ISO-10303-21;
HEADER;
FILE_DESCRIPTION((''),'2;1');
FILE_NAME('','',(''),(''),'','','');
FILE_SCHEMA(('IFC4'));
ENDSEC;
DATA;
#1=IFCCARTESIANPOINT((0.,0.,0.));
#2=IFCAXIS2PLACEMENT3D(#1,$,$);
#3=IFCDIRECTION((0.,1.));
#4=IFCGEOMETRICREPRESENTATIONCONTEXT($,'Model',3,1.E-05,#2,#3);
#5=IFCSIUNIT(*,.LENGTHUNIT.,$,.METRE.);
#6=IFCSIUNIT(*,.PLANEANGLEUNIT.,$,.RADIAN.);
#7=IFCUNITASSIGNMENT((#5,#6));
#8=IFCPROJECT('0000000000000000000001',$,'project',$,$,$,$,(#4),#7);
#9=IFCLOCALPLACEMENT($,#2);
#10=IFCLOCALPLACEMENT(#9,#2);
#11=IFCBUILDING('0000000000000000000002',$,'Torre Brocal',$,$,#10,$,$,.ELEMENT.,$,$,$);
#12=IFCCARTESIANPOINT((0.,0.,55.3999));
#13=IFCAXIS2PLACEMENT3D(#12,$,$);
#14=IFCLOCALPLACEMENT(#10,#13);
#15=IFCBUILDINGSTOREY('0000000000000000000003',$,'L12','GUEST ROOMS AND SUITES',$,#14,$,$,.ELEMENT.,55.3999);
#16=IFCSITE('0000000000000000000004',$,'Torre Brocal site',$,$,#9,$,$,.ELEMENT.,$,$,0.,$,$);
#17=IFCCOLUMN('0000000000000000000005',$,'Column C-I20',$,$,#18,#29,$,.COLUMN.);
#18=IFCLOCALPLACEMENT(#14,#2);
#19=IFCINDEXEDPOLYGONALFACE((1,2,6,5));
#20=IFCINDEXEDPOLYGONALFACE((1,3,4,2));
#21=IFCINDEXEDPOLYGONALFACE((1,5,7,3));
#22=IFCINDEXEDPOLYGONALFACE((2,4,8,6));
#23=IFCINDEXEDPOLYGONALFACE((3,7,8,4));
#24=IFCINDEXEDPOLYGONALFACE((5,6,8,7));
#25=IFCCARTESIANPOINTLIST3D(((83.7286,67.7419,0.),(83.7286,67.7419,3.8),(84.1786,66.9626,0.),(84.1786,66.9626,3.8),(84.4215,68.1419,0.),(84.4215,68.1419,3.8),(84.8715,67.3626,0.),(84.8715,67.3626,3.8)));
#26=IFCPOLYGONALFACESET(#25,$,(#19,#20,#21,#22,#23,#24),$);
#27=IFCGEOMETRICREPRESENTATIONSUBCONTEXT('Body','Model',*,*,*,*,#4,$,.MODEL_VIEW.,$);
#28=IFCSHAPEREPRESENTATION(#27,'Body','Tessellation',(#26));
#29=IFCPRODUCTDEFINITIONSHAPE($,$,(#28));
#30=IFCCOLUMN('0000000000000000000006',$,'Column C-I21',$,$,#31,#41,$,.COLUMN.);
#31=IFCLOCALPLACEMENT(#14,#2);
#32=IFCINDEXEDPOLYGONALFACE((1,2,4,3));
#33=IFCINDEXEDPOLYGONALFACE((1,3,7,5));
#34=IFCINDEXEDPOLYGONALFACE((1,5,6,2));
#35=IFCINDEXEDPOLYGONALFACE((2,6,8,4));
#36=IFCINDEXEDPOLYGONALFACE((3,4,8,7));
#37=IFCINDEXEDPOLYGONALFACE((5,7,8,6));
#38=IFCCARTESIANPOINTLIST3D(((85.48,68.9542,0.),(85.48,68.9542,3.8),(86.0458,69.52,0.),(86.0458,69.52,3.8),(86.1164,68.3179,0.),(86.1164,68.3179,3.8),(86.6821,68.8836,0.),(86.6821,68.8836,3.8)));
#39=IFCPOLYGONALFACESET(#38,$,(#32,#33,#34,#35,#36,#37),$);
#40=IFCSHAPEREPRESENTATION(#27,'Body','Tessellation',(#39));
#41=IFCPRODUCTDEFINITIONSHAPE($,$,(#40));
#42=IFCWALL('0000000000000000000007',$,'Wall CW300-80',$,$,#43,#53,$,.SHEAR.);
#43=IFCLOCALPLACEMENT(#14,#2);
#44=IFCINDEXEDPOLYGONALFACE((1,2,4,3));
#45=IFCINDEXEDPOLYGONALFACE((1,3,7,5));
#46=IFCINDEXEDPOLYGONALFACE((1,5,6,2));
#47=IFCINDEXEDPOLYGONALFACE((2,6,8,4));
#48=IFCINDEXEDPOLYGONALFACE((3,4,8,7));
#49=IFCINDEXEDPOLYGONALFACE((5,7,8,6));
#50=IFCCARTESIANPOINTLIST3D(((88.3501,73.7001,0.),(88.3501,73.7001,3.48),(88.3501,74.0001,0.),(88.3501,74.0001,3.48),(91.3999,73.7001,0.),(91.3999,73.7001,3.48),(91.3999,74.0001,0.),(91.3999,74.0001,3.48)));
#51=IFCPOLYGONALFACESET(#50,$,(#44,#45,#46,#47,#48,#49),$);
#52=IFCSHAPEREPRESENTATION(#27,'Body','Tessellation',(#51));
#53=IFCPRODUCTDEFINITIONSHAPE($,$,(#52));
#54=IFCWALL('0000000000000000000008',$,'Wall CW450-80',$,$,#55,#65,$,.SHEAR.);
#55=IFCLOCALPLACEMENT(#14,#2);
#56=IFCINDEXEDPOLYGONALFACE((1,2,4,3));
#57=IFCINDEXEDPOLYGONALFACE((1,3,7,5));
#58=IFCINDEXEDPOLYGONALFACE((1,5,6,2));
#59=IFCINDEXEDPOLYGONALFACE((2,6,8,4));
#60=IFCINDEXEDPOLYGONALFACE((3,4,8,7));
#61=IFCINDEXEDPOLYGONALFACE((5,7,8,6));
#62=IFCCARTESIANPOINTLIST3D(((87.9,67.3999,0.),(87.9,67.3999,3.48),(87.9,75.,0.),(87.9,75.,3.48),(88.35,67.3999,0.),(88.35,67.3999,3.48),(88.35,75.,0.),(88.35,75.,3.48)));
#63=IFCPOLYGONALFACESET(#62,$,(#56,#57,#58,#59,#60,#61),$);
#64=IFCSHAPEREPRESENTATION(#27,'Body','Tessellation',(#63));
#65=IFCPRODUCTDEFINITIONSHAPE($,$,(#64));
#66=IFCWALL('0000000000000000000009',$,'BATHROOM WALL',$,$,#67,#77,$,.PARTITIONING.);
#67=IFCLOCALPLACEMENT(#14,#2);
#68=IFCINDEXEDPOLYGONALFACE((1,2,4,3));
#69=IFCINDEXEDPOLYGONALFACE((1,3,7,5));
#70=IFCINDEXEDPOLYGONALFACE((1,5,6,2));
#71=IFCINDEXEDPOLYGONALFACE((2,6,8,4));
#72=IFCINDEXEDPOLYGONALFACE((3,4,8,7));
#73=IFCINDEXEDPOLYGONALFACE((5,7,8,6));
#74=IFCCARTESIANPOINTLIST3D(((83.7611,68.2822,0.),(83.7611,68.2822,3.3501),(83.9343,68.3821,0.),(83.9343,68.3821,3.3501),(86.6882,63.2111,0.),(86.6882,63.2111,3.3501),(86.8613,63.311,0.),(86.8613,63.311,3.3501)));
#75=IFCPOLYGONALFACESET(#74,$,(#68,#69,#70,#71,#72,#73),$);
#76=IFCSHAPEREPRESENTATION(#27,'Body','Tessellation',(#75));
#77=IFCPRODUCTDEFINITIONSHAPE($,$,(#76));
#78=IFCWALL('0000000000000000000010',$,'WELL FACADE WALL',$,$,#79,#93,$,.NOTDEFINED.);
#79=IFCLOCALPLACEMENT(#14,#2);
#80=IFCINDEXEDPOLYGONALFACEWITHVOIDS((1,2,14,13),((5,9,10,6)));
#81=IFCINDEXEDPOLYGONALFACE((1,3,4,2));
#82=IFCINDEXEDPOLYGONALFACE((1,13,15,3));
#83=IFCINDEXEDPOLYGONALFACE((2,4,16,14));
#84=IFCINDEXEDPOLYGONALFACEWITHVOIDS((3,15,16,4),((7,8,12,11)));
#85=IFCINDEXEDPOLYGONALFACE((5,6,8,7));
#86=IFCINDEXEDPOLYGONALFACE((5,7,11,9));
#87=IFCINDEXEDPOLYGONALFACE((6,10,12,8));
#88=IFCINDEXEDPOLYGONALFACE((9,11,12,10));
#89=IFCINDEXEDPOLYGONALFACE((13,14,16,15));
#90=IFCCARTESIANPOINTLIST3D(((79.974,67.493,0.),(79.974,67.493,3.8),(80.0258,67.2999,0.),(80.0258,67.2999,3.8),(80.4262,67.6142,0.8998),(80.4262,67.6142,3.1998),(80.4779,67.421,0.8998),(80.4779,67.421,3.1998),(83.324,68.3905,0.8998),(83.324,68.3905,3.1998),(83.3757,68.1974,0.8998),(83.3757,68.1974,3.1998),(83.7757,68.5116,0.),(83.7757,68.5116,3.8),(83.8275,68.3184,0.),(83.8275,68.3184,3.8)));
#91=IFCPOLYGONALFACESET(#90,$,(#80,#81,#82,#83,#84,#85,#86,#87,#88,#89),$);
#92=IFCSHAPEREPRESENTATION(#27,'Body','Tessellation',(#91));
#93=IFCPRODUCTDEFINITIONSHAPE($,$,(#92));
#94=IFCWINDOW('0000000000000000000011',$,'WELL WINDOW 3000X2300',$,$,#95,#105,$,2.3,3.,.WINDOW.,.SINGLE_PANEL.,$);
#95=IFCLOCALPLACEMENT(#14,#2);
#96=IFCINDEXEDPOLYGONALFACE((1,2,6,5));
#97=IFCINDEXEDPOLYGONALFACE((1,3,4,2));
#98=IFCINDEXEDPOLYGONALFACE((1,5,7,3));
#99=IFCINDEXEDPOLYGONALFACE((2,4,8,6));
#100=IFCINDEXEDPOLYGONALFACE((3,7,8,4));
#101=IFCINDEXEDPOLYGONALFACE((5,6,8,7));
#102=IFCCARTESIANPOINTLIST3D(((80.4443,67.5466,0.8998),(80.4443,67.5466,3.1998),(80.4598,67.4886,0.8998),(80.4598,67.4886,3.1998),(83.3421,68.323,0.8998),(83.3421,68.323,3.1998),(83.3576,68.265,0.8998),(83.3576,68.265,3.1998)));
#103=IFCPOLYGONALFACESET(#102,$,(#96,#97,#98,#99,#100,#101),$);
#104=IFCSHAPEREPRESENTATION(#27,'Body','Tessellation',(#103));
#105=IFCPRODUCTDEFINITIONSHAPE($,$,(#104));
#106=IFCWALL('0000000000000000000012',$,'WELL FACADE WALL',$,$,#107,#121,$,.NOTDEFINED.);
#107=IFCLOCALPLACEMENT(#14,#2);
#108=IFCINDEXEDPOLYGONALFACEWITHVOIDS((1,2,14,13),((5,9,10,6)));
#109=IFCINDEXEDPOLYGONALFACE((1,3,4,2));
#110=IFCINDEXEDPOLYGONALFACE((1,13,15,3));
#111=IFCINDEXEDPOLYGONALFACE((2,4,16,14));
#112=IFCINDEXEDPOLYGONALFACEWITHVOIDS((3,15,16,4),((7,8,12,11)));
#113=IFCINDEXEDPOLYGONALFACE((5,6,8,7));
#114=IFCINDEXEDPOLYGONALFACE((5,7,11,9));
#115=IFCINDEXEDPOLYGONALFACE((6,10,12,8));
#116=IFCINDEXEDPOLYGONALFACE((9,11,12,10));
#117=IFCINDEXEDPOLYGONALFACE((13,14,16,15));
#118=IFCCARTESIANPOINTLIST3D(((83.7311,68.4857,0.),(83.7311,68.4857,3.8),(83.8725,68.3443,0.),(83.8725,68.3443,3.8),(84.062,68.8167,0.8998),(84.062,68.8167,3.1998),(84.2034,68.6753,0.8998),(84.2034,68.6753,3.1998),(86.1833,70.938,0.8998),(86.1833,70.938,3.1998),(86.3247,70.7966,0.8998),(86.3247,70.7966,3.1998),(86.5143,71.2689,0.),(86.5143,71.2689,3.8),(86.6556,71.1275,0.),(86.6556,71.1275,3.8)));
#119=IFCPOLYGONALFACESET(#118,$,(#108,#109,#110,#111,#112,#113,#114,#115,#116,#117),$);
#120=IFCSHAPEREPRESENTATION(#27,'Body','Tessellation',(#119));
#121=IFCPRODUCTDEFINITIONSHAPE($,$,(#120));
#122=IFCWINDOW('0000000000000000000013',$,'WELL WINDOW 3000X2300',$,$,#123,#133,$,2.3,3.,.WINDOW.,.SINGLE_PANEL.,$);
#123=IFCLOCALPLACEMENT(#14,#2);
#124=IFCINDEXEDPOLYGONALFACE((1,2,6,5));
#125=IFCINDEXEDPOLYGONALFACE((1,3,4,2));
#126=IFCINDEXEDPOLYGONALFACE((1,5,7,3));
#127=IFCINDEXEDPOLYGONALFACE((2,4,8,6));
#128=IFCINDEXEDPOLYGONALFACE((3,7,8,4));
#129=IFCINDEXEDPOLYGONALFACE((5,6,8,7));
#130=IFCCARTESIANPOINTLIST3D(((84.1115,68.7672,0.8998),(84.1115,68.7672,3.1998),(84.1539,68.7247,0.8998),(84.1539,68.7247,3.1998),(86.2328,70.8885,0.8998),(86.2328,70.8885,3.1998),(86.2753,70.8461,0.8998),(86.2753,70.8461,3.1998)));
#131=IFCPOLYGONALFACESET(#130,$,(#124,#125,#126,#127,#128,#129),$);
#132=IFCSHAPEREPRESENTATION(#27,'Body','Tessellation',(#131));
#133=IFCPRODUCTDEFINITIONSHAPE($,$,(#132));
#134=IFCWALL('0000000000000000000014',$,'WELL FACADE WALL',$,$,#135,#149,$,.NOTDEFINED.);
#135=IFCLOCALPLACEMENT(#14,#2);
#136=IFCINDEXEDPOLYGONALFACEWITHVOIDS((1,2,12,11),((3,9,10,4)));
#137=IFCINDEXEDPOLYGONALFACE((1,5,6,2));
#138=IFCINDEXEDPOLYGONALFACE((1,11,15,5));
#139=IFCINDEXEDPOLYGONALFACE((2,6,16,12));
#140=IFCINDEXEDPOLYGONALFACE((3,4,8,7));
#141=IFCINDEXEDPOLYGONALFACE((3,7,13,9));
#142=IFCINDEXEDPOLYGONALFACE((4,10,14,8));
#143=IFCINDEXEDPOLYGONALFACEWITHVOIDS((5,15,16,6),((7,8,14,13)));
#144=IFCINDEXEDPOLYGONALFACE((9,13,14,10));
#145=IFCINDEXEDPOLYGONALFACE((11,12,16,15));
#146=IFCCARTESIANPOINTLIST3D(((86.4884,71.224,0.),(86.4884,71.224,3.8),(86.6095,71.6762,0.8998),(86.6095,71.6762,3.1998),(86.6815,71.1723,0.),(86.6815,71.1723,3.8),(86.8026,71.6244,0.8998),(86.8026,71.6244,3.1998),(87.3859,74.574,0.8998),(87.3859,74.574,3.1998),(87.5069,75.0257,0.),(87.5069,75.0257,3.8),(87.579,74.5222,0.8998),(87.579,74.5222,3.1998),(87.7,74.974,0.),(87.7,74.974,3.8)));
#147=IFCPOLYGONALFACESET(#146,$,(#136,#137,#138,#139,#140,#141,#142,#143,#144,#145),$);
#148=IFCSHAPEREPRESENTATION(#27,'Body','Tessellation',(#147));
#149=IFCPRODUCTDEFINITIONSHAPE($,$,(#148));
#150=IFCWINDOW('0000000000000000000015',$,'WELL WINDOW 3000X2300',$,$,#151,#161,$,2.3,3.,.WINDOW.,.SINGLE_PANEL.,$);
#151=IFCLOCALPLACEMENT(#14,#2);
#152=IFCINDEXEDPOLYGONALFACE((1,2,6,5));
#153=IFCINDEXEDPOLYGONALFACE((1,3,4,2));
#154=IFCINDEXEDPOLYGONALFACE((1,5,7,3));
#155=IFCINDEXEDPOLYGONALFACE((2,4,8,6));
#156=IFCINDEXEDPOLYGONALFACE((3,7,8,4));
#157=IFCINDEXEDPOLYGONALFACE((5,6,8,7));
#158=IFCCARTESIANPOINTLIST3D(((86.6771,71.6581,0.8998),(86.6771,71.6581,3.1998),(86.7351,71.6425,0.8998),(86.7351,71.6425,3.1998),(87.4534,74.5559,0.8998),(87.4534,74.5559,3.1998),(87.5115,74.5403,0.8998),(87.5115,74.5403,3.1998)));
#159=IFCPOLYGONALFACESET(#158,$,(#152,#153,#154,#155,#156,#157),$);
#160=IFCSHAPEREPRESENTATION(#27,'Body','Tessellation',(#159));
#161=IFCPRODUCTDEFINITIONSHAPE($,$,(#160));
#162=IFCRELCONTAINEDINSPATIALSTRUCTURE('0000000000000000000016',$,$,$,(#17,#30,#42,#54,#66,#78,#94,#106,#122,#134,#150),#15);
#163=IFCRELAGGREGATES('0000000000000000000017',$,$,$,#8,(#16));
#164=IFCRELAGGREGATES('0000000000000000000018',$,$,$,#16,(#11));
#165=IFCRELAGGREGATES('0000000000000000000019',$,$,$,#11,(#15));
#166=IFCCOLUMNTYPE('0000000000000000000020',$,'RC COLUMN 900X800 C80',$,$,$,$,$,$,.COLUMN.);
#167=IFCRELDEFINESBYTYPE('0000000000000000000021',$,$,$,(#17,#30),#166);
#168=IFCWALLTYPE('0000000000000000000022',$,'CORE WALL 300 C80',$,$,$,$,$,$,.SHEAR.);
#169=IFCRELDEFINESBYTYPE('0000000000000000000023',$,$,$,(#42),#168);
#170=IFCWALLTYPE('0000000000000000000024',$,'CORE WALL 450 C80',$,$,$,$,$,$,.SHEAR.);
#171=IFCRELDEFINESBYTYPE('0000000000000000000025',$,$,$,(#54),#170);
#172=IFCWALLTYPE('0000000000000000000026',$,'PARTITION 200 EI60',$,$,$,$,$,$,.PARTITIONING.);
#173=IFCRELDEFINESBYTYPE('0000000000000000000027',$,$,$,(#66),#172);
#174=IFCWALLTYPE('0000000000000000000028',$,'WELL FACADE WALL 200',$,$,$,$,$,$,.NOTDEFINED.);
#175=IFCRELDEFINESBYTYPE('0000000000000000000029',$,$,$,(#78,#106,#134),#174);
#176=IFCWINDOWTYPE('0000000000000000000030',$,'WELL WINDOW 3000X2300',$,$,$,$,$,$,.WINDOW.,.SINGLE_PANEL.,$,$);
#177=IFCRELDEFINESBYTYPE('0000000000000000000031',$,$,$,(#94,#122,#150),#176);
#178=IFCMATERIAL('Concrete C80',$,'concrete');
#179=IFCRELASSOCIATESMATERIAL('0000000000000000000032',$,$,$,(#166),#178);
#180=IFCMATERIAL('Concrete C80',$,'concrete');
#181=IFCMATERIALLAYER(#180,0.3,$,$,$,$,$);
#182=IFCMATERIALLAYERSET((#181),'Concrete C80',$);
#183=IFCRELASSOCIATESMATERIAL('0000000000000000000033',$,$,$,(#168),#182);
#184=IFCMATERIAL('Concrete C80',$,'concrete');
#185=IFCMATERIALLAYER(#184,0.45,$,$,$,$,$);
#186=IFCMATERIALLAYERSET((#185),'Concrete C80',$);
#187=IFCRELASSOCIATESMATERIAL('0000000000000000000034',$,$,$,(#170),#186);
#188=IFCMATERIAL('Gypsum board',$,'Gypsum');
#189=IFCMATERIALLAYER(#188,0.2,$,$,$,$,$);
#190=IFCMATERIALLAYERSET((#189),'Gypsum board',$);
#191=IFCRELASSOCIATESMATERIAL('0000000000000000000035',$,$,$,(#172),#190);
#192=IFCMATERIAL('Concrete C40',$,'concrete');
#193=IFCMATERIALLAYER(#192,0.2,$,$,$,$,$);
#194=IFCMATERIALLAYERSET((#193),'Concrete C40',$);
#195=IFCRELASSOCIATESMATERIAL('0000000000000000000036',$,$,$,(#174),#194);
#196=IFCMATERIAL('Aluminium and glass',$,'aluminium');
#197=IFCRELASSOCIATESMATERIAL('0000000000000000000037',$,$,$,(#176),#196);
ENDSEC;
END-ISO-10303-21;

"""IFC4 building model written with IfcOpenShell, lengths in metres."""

from ifc_helpers import new_model, si_unit, direction, frame, frame_2d, origin, origin_2d, place, context, subcontext, project, spatial, rectangle, extrude, material, layer, layer_set, material_profile, profile_set, type_object, element, fill, save


model = new_model("IFC4")

# Units and contexts
model_context = context("Model", 3, precision=1e-05, world=origin(), true_north=direction((0.0, 1.0)))
body_context = subcontext(model_context, "Body", "Model", "MODEL_VIEW")
ifc_project = project(units=[si_unit("LENGTHUNIT", "METRE"), si_unit("PLANEANGLEUNIT", "RADIAN")], contexts=[model_context])

# Site, building, storey
site_placement = place(None, origin())
site = spatial("IfcSite", under=ifc_project, at=site_placement, Name="Torre Brocal site", CompositionType="ELEMENT", RefElevation=0.0)
building_placement = place(site_placement, origin())
building = spatial("IfcBuilding", under=site, at=building_placement, Name="Torre Brocal", CompositionType="ELEMENT")
storey_placement = place(building_placement, frame((0.0, 0.0, 55.3999)))
storey = spatial("IfcBuildingStorey", under=building, at=storey_placement, Name="L12", Description="GUEST ROOMS AND SUITES", CompositionType="ELEMENT", Elevation=55.3999)

# Columns
ifc_material_1 = material(Name="Concrete C80", Category="concrete")
ifc_material_profile = material_profile(ifc_material_1, rectangle(XDim=0.8999, YDim=0.8, at=origin_2d()), Name="RC 900X800")
ifc_profile_set = profile_set([ifc_material_profile], Name="Concrete C80")
column_type = type_object("IfcColumnType", Name="RC COLUMN 900X800 C80", PredefinedType="COLUMN", material=ifc_profile_set)
for number, where, z_axis, x_axis, name in (
    (1, (84.3, 67.5522, 0.0), (0.0, 0.0, 1.0), (0.5, -0.866025, 0.0), "Column C-I20"),
    (2, (86.0811, 68.9189, 0.0), (0.0, 0.0, 1.0), (0.707107, -0.707107, 0.0), "Column C-I21"),
):
    element("IfcColumn", number, at=place(storey_placement, frame(where, z_axis=z_axis, x_axis=x_axis)), inside=storey, type_object=column_type, Name=name, PredefinedType="COLUMN", context=body_context, shape_type="SweptSolid", body=[
        extrude(rectangle(XDim=0.8999, YDim=0.8, at=origin_2d()), origin(), (0.0, 0.0, 1.0), 3.8),
    ])

# Walls
ifc_material_2 = material(Name="Concrete C80", Category="concrete")
ifc_layer_1 = layer(ifc_material_2, 0.3)
ifc_layer_set_1 = layer_set([ifc_layer_1], Name="Concrete C80")
wall_type_1 = type_object("IfcWallType", Name="CORE WALL 300 C80", PredefinedType="SHEAR", material=ifc_layer_set_1)
wall_1_placement = place(storey_placement, frame((88.3501, 73.8501, 0.0), z_axis=(0.0, 0.0, 1.0), x_axis=(1.0, 0.0, 0.0)))
element("IfcWall", 3, at=wall_1_placement, inside=storey, type_object=wall_type_1, Name="Wall CW300-80", PredefinedType="SHEAR", context=body_context, shape_type="SweptSolid", body=[
    extrude(rectangle(XDim=3.0498, YDim=0.3, at=frame_2d((1.5249, 0.0))), origin(), (0.0, 0.0, 1.0), 3.48),
])
ifc_material_3 = material(Name="Concrete C80", Category="concrete")
ifc_layer_2 = layer(ifc_material_3, 0.45)
ifc_layer_set_2 = layer_set([ifc_layer_2], Name="Concrete C80")
wall_type_2 = type_object("IfcWallType", Name="CORE WALL 450 C80", PredefinedType="SHEAR", material=ifc_layer_set_2)
wall_2_placement = place(storey_placement, frame((88.125, 67.3999, 0.0), z_axis=(0.0, 0.0, 1.0), x_axis=(0.0, 1.0, 0.0)))
element("IfcWall", 4, at=wall_2_placement, inside=storey, type_object=wall_type_2, Name="Wall CW450-80", PredefinedType="SHEAR", context=body_context, shape_type="SweptSolid", body=[
    extrude(rectangle(XDim=7.6001, YDim=0.45, at=frame_2d((3.8, 0.0))), origin(), (0.0, 0.0, 1.0), 3.48),
])

# Wall
ifc_material_4 = material(Name="Gypsum board", Category="Gypsum")
ifc_layer_3 = layer(ifc_material_4, 0.2)
ifc_layer_set_3 = layer_set([ifc_layer_3], Name="Gypsum board")
wall_type_3 = type_object("IfcWallType", Name="PARTITION 200 EI60", PredefinedType="PARTITIONING", material=ifc_layer_set_3)
wall_3_placement = place(storey_placement, frame((83.8477, 68.3323, 0.0), z_axis=(0.0, 0.0, 1.0), x_axis=(0.499902, -0.866082, 0.0)))
element("IfcWall", 5, at=wall_3_placement, inside=storey, type_object=wall_type_3, Name="BATHROOM WALL", PredefinedType="PARTITIONING", context=body_context, shape_type="SweptSolid", body=[
    extrude(rectangle(XDim=5.8552, YDim=0.2, at=frame_2d((2.9277, 0.0))), origin(), (0.0, 0.0, 1.0), 3.3501),
])

# Walls, openings, windows
ifc_material_5 = material(Name="Concrete C40", Category="concrete")
ifc_layer_4 = layer(ifc_material_5, 0.2)
ifc_layer_set_4 = layer_set([ifc_layer_4], Name="Concrete C40")
wall_type_4 = type_object("IfcWallType", Name="WELL FACADE WALL 200", PredefinedType="NOTDEFINED", material=ifc_layer_set_4)
wall_4_placement = place(storey_placement, frame((80.0, 67.3965, 0.0), z_axis=(0.0, 0.0, 1.0), x_axis=(0.965934, 0.25879, 0.0)))
wall_4 = element("IfcWall", 6, at=wall_4_placement, inside=storey, type_object=wall_type_4, Name="WELL FACADE WALL", PredefinedType="NOTDEFINED", context=body_context, shape_type="SweptSolid", body=[
    extrude(rectangle(XDim=3.9358, YDim=0.2, at=frame_2d((1.9678, 0.0))), origin(), (0.0, 0.0, 1.0), 3.8),
])
opening_1_placement = place(wall_4_placement, frame((0.468, 0.0, 0.8999)))
opening_1 = element("IfcOpeningElement", 7, at=opening_1_placement, cuts=wall_4, PredefinedType="OPENING", context=body_context, shape_type="SweptSolid", body=[
    extrude(rectangle(XDim=3.0, YDim=2.3, at=frame_2d((1.5, 1.1499))), frame((0.0, 0.1099, 0.0), z_axis=(0.0, -1.0, 0.0), x_axis=(1.0, 0.0, 0.0)), (0.0, 0.0, 1.0), 0.22),
])
ifc_material_6 = material(Name="Aluminium and glass", Category="aluminium")
window_type = type_object("IfcWindowType", Name="WELL WINDOW 3000X2300", PartitioningType="SINGLE_PANEL", PredefinedType="WINDOW", material=ifc_material_6)
window_1_placement = place(opening_1_placement, origin())
window_1 = element("IfcWindow", 8, at=window_1_placement, inside=storey, type_object=window_type, Name="WELL WINDOW 3000X2300", OverallHeight=2.3, OverallWidth=3.0, PartitioningType="SINGLE_PANEL", PredefinedType="WINDOW", context=body_context, shape_type="SweptSolid", body=[
    extrude(rectangle(XDim=3.0, YDim=2.3, at=frame_2d((1.5, 1.1499))), frame((0.0, 0.03, 0.0), z_axis=(0.0, -1.0, 0.0), x_axis=(1.0, 0.0, 0.0)), (0.0, 0.0, 1.0), 0.0601),
])
fill(opening_1, window_1)
wall_5_placement = place(storey_placement, frame((83.8018, 68.415, 0.0), z_axis=(0.0, 0.0, 1.0), x_axis=(0.707107, 0.707107, 0.0)))
wall_5 = element("IfcWall", 9, at=wall_5_placement, inside=storey, type_object=wall_type_4, Name="WELL FACADE WALL", PredefinedType="NOTDEFINED", context=body_context, shape_type="SweptSolid", body=[
    extrude(rectangle(XDim=3.936, YDim=0.2, at=frame_2d((1.968, 0.0))), origin(), (0.0, 0.0, 1.0), 3.8),
])
opening_2_placement = place(wall_5_placement, frame((0.468, 0.0, 0.8999)))
opening_2 = element("IfcOpeningElement", 10, at=opening_2_placement, cuts=wall_5, PredefinedType="OPENING", context=body_context, shape_type="SweptSolid", body=[
    extrude(rectangle(XDim=3.0, YDim=2.3, at=frame_2d((1.5, 1.1499))), frame((0.0, 0.1099, 0.0), z_axis=(0.0, -1.0, 0.0), x_axis=(1.0, 0.0, 0.0)), (0.0, 0.0, 1.0), 0.22),
])
window_2_placement = place(opening_2_placement, origin())
window_2 = element("IfcWindow", 11, at=window_2_placement, inside=storey, type_object=window_type, Name="WELL WINDOW 3000X2300", OverallHeight=2.3, OverallWidth=3.0, PartitioningType="SINGLE_PANEL", PredefinedType="WINDOW", context=body_context, shape_type="SweptSolid", body=[
    extrude(rectangle(XDim=3.0, YDim=2.3, at=frame_2d((1.5, 1.1499))), frame((0.0, 0.03, 0.0), z_axis=(0.0, -1.0, 0.0), x_axis=(1.0, 0.0, 0.0)), (0.0, 0.0, 1.0), 0.0601),
])
fill(opening_2, window_2)
wall_6_placement = place(storey_placement, frame((86.585, 71.1982, 0.0), z_axis=(0.0, 0.0, 1.0), x_axis=(0.25879, 0.965934, 0.0)))
wall_6 = element("IfcWall", 12, at=wall_6_placement, inside=storey, type_object=wall_type_4, Name="WELL FACADE WALL", PredefinedType="NOTDEFINED", context=body_context, shape_type="SweptSolid", body=[
    extrude(rectangle(XDim=3.9358, YDim=0.2, at=frame_2d((1.9678, 0.0))), origin(), (0.0, 0.0, 1.0), 3.8),
])
opening_3_placement = place(wall_6_placement, frame((0.468, 0.0, 0.8999)))
opening_3 = element("IfcOpeningElement", 13, at=opening_3_placement, cuts=wall_6, PredefinedType="OPENING", context=body_context, shape_type="SweptSolid", body=[
    extrude(rectangle(XDim=3.0, YDim=2.3, at=frame_2d((1.5, 1.1499))), frame((0.0, 0.1099, 0.0), z_axis=(0.0, -1.0, 0.0), x_axis=(1.0, 0.0, 0.0)), (0.0, 0.0, 1.0), 0.22),
])
window_3_placement = place(opening_3_placement, origin())
window_3 = element("IfcWindow", 14, at=window_3_placement, inside=storey, type_object=window_type, Name="WELL WINDOW 3000X2300", OverallHeight=2.3, OverallWidth=3.0, PartitioningType="SINGLE_PANEL", PredefinedType="WINDOW", context=body_context, shape_type="SweptSolid", body=[
    extrude(rectangle(XDim=3.0, YDim=2.3, at=frame_2d((1.5, 1.1499))), frame((0.0, 0.03, 0.0), z_axis=(0.0, -1.0, 0.0), x_axis=(1.0, 0.0, 0.0)), (0.0, 0.0, 1.0), 0.0601),
])
fill(opening_3, window_3)

save(model, "model.ifc")
